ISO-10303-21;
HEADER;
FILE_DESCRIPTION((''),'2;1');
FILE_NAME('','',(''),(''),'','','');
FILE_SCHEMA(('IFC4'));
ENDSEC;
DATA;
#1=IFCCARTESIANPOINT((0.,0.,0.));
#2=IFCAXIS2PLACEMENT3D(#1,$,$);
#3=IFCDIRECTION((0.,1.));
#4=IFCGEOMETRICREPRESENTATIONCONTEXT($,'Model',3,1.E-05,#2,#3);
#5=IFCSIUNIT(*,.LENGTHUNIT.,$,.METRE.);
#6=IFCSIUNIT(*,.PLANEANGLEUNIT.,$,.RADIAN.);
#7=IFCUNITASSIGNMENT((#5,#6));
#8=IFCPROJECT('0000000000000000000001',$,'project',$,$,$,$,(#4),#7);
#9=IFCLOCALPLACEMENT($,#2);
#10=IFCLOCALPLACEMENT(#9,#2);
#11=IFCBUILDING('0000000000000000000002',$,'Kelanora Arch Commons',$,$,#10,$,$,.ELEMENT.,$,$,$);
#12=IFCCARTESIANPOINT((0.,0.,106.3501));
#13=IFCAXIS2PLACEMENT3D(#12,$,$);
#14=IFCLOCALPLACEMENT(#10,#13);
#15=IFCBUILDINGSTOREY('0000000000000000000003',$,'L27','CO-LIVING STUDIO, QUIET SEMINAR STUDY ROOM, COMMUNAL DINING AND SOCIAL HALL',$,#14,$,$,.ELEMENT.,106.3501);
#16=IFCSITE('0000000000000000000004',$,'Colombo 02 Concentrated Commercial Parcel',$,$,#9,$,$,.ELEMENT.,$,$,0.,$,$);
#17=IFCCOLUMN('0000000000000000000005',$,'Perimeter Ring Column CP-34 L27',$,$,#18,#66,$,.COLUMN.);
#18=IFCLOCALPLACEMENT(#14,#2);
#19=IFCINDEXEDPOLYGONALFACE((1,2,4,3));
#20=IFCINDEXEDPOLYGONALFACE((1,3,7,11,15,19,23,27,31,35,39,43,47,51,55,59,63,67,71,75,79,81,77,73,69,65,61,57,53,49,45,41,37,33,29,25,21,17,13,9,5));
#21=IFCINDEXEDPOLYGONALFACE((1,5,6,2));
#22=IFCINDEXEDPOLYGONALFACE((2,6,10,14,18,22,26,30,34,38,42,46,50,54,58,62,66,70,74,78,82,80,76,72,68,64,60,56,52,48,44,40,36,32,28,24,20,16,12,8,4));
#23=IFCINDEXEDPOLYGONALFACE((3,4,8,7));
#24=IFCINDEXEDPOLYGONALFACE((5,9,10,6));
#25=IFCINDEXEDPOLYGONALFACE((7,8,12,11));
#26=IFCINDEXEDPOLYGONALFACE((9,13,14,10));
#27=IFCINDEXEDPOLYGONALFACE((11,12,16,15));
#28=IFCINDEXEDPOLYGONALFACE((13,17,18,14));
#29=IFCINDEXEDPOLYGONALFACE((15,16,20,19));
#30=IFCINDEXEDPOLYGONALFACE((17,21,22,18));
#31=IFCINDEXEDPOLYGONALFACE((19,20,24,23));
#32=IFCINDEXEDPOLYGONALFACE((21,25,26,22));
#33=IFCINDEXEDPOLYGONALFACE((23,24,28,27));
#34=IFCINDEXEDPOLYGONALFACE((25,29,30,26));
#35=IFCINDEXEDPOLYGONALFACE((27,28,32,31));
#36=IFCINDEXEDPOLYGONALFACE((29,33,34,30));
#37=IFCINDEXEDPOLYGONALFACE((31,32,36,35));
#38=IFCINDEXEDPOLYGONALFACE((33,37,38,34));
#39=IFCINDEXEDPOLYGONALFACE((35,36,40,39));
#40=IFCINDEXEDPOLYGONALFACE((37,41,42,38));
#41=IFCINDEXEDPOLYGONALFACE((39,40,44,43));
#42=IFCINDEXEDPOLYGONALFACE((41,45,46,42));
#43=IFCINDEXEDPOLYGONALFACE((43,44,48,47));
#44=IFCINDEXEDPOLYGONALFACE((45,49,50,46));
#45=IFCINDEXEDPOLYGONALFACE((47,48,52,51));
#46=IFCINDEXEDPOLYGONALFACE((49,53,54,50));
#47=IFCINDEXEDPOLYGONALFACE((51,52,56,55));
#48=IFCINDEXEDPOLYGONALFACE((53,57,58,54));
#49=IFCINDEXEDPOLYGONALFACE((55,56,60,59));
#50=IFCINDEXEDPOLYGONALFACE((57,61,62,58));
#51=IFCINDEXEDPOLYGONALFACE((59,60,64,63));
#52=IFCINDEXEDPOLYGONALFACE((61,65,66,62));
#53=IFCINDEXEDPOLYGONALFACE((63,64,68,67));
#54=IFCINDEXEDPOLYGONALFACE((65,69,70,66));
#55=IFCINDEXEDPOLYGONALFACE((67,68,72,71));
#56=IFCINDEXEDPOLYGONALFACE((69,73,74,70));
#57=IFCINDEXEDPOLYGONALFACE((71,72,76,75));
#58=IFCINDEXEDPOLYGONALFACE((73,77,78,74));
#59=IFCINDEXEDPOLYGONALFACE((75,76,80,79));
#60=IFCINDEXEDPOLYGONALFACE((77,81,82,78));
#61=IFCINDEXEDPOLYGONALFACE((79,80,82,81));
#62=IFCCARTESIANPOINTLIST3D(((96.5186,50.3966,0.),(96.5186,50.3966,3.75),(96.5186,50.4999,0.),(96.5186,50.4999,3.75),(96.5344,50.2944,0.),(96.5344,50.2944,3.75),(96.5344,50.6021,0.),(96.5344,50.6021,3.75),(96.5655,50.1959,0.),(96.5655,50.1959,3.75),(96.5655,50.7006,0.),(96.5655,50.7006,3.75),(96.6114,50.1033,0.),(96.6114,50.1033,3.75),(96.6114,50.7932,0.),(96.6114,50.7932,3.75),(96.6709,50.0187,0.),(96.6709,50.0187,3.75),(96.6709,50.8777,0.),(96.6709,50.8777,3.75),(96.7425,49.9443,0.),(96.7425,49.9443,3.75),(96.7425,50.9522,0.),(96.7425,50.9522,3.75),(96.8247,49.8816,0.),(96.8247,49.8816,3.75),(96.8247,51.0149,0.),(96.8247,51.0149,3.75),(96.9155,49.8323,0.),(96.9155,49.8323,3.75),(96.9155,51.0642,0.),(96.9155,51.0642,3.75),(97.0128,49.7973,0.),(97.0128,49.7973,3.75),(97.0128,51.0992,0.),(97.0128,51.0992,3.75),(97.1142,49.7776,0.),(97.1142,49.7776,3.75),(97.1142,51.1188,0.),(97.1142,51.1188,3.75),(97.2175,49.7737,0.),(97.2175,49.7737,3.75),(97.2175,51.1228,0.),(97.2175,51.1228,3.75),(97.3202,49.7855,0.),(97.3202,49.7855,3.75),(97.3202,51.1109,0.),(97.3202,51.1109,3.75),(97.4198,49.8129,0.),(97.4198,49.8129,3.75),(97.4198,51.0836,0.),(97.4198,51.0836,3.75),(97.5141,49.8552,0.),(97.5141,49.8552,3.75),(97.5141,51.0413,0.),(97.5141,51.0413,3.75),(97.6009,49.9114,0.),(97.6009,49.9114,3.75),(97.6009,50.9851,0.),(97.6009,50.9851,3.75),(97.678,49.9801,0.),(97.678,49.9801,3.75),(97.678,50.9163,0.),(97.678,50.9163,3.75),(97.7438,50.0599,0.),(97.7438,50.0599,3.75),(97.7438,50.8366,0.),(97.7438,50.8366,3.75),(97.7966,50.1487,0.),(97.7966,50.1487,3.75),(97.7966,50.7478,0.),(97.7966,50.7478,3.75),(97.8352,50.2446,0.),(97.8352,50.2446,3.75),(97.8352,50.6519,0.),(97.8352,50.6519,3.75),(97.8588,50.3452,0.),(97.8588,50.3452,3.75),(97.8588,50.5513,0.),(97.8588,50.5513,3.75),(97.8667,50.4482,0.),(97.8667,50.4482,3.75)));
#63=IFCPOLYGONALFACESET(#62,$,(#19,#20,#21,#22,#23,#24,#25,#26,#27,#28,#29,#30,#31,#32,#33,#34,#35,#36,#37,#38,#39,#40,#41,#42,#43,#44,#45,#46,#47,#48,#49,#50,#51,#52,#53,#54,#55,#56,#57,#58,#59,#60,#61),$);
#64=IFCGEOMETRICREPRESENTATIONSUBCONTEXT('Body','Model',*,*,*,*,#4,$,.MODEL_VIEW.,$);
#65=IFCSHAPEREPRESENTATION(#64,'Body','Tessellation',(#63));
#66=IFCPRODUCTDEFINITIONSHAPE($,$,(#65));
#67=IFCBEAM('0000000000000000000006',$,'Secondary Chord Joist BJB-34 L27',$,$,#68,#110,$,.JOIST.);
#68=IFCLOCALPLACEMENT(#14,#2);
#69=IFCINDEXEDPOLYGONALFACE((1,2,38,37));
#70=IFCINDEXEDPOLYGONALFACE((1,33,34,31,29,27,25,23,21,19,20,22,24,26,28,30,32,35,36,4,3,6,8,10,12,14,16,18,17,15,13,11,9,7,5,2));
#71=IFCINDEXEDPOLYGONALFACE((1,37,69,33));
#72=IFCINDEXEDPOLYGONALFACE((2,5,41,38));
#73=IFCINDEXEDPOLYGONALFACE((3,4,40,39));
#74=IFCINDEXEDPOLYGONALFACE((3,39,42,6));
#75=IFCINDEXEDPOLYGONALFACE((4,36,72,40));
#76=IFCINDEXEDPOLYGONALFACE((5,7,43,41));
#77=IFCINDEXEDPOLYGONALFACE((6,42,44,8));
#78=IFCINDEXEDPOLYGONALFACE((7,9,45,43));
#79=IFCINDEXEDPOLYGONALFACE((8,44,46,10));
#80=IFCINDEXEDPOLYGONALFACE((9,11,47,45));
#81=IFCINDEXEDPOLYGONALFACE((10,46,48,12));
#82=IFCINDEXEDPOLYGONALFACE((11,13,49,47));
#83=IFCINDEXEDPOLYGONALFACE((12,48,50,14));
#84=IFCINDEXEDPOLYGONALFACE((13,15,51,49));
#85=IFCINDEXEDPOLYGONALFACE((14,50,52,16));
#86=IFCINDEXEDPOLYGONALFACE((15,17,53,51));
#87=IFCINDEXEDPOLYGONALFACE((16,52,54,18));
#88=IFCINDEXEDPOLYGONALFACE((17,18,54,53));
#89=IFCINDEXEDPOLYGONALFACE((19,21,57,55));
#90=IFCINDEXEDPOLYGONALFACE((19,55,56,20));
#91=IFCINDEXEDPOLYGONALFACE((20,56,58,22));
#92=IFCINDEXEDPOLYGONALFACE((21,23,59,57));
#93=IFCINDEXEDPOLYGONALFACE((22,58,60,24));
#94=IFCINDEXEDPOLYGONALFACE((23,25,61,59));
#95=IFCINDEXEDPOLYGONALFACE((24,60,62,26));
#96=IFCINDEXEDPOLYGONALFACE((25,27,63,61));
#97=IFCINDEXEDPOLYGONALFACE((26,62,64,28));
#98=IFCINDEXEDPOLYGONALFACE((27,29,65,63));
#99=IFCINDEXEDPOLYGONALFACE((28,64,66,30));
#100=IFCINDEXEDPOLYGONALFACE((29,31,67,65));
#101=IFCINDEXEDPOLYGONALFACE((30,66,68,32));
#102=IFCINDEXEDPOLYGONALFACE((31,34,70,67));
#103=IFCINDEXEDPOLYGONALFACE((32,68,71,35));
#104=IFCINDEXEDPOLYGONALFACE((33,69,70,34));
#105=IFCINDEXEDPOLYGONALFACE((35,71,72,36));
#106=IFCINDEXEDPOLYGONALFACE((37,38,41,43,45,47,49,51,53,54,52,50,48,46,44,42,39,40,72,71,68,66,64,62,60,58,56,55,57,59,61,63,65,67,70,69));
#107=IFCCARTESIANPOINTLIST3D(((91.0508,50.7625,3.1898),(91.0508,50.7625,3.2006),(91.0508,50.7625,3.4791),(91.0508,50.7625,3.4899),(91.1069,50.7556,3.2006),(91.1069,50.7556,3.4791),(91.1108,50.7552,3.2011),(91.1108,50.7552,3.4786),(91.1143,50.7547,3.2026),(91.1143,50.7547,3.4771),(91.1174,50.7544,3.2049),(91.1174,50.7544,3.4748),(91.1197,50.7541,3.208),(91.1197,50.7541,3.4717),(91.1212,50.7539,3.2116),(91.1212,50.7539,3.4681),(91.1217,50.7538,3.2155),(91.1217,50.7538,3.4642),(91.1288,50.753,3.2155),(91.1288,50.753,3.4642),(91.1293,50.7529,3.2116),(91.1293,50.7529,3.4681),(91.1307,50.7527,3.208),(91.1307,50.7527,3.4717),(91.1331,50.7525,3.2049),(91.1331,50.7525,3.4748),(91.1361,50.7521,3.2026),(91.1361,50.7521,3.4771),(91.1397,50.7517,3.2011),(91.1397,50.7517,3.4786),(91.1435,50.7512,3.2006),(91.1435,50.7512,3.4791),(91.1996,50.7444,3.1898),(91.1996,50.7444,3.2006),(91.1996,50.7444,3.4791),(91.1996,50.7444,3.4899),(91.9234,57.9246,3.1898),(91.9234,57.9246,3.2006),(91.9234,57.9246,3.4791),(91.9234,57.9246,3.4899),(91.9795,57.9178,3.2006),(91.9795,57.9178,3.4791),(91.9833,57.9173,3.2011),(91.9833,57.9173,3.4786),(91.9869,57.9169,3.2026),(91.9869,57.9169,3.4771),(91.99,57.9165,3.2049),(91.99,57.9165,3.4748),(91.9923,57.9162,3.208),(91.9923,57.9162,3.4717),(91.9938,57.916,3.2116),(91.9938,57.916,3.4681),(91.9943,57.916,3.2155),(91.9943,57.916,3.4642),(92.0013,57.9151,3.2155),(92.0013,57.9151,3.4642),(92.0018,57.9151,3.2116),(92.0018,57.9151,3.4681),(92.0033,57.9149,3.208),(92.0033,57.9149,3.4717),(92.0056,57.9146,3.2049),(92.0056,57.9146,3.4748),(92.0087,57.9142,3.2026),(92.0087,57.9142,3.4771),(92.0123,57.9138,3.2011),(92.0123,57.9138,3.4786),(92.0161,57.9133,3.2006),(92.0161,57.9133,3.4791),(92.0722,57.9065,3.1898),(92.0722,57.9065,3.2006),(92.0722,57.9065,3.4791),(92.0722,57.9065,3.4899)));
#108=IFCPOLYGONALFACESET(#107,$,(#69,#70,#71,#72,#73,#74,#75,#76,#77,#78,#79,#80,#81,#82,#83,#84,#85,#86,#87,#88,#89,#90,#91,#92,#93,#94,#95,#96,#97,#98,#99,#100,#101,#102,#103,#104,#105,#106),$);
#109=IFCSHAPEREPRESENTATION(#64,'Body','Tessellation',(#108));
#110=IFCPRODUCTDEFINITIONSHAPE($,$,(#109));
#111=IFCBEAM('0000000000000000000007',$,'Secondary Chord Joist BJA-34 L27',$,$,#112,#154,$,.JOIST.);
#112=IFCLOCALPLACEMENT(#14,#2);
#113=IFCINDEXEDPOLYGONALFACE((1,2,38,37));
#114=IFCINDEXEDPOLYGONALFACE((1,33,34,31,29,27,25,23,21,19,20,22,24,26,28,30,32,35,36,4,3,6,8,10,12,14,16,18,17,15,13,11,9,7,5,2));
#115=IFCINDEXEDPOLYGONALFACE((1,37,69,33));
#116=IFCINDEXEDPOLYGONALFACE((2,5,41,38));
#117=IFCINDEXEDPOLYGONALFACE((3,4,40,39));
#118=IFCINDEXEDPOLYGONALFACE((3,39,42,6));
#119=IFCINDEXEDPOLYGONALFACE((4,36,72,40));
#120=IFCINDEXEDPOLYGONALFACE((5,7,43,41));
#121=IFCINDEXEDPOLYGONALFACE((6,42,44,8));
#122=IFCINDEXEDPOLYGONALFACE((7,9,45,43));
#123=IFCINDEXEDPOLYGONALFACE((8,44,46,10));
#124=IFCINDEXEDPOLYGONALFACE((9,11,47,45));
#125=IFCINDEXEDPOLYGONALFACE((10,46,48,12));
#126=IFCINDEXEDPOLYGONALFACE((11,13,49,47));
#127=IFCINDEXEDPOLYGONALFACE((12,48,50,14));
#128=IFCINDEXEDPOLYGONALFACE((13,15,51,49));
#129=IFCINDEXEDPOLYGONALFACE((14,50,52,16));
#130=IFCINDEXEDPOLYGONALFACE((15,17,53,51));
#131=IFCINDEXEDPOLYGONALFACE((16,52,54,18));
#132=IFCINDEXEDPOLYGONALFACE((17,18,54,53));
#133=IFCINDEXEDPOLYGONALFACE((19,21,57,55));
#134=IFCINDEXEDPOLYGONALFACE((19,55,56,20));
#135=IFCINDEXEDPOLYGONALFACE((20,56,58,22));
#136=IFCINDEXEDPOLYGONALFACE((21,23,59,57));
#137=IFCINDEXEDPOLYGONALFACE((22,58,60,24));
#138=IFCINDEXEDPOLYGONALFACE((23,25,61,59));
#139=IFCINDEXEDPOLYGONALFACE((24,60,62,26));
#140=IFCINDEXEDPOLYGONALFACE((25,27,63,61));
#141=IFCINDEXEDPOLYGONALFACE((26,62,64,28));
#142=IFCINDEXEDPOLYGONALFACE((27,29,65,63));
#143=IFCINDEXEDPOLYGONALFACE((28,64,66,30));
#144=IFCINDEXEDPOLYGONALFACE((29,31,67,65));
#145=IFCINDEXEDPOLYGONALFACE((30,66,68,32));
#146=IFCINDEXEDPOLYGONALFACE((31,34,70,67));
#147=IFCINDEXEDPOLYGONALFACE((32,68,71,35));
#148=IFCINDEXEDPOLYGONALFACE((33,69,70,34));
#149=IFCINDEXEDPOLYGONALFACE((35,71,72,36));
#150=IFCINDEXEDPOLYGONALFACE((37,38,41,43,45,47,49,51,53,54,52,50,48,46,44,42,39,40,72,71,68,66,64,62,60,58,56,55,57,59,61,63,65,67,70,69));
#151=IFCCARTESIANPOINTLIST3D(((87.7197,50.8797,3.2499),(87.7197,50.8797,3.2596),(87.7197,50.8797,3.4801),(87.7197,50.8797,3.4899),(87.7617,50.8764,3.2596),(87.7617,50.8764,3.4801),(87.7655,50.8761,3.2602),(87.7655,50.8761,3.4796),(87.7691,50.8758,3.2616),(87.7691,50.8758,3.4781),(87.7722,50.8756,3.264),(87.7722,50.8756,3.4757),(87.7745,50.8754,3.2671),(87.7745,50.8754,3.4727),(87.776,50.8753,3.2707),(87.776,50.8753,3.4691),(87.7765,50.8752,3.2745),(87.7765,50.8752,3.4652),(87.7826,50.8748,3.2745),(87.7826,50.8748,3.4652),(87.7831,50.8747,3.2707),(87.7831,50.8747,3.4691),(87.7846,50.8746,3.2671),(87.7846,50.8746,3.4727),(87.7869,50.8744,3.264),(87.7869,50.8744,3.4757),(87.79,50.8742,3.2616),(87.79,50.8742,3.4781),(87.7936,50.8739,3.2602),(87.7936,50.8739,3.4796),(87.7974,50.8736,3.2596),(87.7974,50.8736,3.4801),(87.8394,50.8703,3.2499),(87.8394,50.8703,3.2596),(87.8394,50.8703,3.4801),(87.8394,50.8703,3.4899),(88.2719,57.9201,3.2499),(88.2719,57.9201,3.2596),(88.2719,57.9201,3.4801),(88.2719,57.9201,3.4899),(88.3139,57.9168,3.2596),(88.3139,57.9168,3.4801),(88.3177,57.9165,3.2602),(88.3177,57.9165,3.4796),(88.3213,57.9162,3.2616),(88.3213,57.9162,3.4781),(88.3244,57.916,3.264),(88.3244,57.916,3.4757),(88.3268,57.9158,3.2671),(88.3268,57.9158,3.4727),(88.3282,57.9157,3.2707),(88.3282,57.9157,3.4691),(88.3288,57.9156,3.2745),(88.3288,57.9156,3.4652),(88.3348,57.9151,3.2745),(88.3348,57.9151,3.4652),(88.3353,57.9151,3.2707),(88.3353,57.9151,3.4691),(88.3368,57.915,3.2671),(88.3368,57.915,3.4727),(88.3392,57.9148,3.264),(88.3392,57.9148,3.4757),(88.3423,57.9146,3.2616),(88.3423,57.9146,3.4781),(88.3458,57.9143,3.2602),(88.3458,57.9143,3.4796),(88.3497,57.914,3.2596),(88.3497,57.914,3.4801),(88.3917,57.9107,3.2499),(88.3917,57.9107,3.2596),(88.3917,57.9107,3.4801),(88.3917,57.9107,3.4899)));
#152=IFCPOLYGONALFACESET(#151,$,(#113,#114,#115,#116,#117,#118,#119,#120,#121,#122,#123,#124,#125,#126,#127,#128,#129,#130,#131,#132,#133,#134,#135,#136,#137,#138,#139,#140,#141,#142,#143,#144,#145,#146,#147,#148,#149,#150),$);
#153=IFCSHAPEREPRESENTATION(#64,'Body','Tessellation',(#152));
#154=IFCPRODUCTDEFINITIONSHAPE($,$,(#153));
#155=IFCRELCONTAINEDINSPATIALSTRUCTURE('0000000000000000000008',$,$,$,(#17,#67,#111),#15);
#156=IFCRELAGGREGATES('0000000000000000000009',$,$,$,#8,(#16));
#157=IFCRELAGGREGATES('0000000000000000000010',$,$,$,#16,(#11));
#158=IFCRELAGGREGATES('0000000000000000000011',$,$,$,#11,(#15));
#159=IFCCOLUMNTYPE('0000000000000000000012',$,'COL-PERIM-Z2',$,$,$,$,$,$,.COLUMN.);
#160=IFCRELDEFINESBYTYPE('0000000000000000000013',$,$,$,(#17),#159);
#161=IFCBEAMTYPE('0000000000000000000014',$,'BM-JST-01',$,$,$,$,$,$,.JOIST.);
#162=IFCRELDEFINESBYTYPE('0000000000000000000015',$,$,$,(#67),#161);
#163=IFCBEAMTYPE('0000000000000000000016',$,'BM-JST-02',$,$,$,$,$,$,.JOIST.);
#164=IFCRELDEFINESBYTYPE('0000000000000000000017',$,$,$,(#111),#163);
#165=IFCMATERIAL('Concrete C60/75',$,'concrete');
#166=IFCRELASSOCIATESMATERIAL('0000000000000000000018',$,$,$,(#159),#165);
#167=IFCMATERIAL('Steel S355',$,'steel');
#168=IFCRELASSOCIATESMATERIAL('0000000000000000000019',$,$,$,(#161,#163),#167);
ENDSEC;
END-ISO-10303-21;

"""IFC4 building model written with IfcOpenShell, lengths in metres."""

from ifc_helpers import new_model, si_unit, direction, frame, origin, origin_2d, place, context, subcontext, project, spatial, circle, i_section, extrude, material, material_profile, profile_set, type_object, element, save


model = new_model("IFC4")

# Units and contexts
model_context = context("Model", 3, precision=1e-05, world=origin(), true_north=direction((0.0, 1.0)))
body_context = subcontext(model_context, "Body", "Model", "MODEL_VIEW")
ifc_project = project(units=[si_unit("LENGTHUNIT", "METRE"), si_unit("PLANEANGLEUNIT", "RADIAN")], contexts=[model_context])

# Site, building, storey
site_placement = place(None, origin())
site = spatial("IfcSite", under=ifc_project, at=site_placement, Name="Colombo 02 Concentrated Commercial Parcel", CompositionType="ELEMENT", RefElevation=0.0)
building_placement = place(site_placement, origin())
building = spatial("IfcBuilding", under=site, at=building_placement, Name="Kelanora Arch Commons", CompositionType="ELEMENT")
storey_placement = place(building_placement, frame((0.0, 0.0, 106.3501)))
storey = spatial("IfcBuildingStorey", under=building, at=storey_placement, Name="L27", Description="CO-LIVING STUDIO, QUIET SEMINAR STUDY ROOM, COMMUNAL DINING AND SOCIAL HALL", CompositionType="ELEMENT", Elevation=106.3501)

# Column
ifc_material_1 = material(Name="Concrete C60/75", Category="concrete")
ifc_material_profile_1 = material_profile(ifc_material_1, circle(Radius=0.675, at=origin_2d()), Name="RCC1350")
ifc_profile_set_1 = profile_set([ifc_material_profile_1], Name="Concrete C60/75")
column_type = type_object("IfcColumnType", Name="COL-PERIM-Z2", PredefinedType="COLUMN", material=ifc_profile_set_1)
column_placement = place(storey_placement, frame((97.1917, 50.4482, 0.0), z_axis=(0.0, 0.0, 1.0), x_axis=(1.0, 0.0, 0.0)))
element("IfcColumn", 1, at=column_placement, inside=storey, type_object=column_type, Name="Perimeter Ring Column CP-34 L27", PredefinedType="COLUMN", context=body_context, shape_type="SweptSolid", body=[
    extrude(circle(Radius=0.675, at=origin_2d()), origin(), (0.0, 0.0, 1.0), 3.75),
])

# Beams
ifc_material_2 = material(Name="Steel S355", Category="steel")
ifc_material_profile_2 = material_profile(ifc_material_2, i_section(OverallWidth=0.1499, OverallDepth=0.3, WebThickness=0.0071, FlangeThickness=0.0107, FilletRadius=0.0149, at=origin_2d()), Name="IPE300")
ifc_profile_set_2 = profile_set([ifc_material_profile_2], Name="Steel S355")
beam_type_1 = type_object("IfcBeamType", Name="BM-JST-01", PredefinedType="JOIST", material=ifc_profile_set_2)
beam_1_placement = place(storey_placement, frame((91.1252, 50.7534, 3.3398), z_axis=(0.120936, 0.99266, 0.0), x_axis=(-0.99266, 0.120936, 0.0)))
element("IfcBeam", 2, at=beam_1_placement, inside=storey, type_object=beam_type_1, Name="Secondary Chord Joist BJB-34 L27", PredefinedType="JOIST", context=body_context, shape_type="SweptSolid", body=[
    extrude(i_section(OverallWidth=0.1499, OverallDepth=0.3, WebThickness=0.0071, FlangeThickness=0.0107, FilletRadius=0.0149, at=origin_2d()), origin(), (0.0, 0.0, 1.0), 7.2151),
])
ifc_material_profile_3 = material_profile(ifc_material_2, i_section(OverallWidth=0.1201, OverallDepth=0.24, WebThickness=0.0061, FlangeThickness=0.0098, FilletRadius=0.0149, at=origin_2d()), Name="IPE240")
ifc_profile_set_3 = profile_set([ifc_material_profile_3], Name="Steel S355")
beam_type_2 = type_object("IfcBeamType", Name="BM-JST-02", PredefinedType="JOIST", material=ifc_profile_set_3)
beam_2_placement = place(storey_placement, frame((87.7795, 50.875, 3.3699), z_axis=(0.078201, 0.996938, 0.0), x_axis=(-0.996938, 0.078201, 0.0)))
element("IfcBeam", 3, at=beam_2_placement, inside=storey, type_object=beam_type_2, Name="Secondary Chord Joist BJA-34 L27", PredefinedType="JOIST", context=body_context, shape_type="SweptSolid", body=[
    extrude(i_section(OverallWidth=0.1201, OverallDepth=0.24, WebThickness=0.0061, FlangeThickness=0.0098, FilletRadius=0.0149, at=origin_2d()), origin(), (0.0, 0.0, 1.0), 7.062),
])

save(model, "model.ifc")
